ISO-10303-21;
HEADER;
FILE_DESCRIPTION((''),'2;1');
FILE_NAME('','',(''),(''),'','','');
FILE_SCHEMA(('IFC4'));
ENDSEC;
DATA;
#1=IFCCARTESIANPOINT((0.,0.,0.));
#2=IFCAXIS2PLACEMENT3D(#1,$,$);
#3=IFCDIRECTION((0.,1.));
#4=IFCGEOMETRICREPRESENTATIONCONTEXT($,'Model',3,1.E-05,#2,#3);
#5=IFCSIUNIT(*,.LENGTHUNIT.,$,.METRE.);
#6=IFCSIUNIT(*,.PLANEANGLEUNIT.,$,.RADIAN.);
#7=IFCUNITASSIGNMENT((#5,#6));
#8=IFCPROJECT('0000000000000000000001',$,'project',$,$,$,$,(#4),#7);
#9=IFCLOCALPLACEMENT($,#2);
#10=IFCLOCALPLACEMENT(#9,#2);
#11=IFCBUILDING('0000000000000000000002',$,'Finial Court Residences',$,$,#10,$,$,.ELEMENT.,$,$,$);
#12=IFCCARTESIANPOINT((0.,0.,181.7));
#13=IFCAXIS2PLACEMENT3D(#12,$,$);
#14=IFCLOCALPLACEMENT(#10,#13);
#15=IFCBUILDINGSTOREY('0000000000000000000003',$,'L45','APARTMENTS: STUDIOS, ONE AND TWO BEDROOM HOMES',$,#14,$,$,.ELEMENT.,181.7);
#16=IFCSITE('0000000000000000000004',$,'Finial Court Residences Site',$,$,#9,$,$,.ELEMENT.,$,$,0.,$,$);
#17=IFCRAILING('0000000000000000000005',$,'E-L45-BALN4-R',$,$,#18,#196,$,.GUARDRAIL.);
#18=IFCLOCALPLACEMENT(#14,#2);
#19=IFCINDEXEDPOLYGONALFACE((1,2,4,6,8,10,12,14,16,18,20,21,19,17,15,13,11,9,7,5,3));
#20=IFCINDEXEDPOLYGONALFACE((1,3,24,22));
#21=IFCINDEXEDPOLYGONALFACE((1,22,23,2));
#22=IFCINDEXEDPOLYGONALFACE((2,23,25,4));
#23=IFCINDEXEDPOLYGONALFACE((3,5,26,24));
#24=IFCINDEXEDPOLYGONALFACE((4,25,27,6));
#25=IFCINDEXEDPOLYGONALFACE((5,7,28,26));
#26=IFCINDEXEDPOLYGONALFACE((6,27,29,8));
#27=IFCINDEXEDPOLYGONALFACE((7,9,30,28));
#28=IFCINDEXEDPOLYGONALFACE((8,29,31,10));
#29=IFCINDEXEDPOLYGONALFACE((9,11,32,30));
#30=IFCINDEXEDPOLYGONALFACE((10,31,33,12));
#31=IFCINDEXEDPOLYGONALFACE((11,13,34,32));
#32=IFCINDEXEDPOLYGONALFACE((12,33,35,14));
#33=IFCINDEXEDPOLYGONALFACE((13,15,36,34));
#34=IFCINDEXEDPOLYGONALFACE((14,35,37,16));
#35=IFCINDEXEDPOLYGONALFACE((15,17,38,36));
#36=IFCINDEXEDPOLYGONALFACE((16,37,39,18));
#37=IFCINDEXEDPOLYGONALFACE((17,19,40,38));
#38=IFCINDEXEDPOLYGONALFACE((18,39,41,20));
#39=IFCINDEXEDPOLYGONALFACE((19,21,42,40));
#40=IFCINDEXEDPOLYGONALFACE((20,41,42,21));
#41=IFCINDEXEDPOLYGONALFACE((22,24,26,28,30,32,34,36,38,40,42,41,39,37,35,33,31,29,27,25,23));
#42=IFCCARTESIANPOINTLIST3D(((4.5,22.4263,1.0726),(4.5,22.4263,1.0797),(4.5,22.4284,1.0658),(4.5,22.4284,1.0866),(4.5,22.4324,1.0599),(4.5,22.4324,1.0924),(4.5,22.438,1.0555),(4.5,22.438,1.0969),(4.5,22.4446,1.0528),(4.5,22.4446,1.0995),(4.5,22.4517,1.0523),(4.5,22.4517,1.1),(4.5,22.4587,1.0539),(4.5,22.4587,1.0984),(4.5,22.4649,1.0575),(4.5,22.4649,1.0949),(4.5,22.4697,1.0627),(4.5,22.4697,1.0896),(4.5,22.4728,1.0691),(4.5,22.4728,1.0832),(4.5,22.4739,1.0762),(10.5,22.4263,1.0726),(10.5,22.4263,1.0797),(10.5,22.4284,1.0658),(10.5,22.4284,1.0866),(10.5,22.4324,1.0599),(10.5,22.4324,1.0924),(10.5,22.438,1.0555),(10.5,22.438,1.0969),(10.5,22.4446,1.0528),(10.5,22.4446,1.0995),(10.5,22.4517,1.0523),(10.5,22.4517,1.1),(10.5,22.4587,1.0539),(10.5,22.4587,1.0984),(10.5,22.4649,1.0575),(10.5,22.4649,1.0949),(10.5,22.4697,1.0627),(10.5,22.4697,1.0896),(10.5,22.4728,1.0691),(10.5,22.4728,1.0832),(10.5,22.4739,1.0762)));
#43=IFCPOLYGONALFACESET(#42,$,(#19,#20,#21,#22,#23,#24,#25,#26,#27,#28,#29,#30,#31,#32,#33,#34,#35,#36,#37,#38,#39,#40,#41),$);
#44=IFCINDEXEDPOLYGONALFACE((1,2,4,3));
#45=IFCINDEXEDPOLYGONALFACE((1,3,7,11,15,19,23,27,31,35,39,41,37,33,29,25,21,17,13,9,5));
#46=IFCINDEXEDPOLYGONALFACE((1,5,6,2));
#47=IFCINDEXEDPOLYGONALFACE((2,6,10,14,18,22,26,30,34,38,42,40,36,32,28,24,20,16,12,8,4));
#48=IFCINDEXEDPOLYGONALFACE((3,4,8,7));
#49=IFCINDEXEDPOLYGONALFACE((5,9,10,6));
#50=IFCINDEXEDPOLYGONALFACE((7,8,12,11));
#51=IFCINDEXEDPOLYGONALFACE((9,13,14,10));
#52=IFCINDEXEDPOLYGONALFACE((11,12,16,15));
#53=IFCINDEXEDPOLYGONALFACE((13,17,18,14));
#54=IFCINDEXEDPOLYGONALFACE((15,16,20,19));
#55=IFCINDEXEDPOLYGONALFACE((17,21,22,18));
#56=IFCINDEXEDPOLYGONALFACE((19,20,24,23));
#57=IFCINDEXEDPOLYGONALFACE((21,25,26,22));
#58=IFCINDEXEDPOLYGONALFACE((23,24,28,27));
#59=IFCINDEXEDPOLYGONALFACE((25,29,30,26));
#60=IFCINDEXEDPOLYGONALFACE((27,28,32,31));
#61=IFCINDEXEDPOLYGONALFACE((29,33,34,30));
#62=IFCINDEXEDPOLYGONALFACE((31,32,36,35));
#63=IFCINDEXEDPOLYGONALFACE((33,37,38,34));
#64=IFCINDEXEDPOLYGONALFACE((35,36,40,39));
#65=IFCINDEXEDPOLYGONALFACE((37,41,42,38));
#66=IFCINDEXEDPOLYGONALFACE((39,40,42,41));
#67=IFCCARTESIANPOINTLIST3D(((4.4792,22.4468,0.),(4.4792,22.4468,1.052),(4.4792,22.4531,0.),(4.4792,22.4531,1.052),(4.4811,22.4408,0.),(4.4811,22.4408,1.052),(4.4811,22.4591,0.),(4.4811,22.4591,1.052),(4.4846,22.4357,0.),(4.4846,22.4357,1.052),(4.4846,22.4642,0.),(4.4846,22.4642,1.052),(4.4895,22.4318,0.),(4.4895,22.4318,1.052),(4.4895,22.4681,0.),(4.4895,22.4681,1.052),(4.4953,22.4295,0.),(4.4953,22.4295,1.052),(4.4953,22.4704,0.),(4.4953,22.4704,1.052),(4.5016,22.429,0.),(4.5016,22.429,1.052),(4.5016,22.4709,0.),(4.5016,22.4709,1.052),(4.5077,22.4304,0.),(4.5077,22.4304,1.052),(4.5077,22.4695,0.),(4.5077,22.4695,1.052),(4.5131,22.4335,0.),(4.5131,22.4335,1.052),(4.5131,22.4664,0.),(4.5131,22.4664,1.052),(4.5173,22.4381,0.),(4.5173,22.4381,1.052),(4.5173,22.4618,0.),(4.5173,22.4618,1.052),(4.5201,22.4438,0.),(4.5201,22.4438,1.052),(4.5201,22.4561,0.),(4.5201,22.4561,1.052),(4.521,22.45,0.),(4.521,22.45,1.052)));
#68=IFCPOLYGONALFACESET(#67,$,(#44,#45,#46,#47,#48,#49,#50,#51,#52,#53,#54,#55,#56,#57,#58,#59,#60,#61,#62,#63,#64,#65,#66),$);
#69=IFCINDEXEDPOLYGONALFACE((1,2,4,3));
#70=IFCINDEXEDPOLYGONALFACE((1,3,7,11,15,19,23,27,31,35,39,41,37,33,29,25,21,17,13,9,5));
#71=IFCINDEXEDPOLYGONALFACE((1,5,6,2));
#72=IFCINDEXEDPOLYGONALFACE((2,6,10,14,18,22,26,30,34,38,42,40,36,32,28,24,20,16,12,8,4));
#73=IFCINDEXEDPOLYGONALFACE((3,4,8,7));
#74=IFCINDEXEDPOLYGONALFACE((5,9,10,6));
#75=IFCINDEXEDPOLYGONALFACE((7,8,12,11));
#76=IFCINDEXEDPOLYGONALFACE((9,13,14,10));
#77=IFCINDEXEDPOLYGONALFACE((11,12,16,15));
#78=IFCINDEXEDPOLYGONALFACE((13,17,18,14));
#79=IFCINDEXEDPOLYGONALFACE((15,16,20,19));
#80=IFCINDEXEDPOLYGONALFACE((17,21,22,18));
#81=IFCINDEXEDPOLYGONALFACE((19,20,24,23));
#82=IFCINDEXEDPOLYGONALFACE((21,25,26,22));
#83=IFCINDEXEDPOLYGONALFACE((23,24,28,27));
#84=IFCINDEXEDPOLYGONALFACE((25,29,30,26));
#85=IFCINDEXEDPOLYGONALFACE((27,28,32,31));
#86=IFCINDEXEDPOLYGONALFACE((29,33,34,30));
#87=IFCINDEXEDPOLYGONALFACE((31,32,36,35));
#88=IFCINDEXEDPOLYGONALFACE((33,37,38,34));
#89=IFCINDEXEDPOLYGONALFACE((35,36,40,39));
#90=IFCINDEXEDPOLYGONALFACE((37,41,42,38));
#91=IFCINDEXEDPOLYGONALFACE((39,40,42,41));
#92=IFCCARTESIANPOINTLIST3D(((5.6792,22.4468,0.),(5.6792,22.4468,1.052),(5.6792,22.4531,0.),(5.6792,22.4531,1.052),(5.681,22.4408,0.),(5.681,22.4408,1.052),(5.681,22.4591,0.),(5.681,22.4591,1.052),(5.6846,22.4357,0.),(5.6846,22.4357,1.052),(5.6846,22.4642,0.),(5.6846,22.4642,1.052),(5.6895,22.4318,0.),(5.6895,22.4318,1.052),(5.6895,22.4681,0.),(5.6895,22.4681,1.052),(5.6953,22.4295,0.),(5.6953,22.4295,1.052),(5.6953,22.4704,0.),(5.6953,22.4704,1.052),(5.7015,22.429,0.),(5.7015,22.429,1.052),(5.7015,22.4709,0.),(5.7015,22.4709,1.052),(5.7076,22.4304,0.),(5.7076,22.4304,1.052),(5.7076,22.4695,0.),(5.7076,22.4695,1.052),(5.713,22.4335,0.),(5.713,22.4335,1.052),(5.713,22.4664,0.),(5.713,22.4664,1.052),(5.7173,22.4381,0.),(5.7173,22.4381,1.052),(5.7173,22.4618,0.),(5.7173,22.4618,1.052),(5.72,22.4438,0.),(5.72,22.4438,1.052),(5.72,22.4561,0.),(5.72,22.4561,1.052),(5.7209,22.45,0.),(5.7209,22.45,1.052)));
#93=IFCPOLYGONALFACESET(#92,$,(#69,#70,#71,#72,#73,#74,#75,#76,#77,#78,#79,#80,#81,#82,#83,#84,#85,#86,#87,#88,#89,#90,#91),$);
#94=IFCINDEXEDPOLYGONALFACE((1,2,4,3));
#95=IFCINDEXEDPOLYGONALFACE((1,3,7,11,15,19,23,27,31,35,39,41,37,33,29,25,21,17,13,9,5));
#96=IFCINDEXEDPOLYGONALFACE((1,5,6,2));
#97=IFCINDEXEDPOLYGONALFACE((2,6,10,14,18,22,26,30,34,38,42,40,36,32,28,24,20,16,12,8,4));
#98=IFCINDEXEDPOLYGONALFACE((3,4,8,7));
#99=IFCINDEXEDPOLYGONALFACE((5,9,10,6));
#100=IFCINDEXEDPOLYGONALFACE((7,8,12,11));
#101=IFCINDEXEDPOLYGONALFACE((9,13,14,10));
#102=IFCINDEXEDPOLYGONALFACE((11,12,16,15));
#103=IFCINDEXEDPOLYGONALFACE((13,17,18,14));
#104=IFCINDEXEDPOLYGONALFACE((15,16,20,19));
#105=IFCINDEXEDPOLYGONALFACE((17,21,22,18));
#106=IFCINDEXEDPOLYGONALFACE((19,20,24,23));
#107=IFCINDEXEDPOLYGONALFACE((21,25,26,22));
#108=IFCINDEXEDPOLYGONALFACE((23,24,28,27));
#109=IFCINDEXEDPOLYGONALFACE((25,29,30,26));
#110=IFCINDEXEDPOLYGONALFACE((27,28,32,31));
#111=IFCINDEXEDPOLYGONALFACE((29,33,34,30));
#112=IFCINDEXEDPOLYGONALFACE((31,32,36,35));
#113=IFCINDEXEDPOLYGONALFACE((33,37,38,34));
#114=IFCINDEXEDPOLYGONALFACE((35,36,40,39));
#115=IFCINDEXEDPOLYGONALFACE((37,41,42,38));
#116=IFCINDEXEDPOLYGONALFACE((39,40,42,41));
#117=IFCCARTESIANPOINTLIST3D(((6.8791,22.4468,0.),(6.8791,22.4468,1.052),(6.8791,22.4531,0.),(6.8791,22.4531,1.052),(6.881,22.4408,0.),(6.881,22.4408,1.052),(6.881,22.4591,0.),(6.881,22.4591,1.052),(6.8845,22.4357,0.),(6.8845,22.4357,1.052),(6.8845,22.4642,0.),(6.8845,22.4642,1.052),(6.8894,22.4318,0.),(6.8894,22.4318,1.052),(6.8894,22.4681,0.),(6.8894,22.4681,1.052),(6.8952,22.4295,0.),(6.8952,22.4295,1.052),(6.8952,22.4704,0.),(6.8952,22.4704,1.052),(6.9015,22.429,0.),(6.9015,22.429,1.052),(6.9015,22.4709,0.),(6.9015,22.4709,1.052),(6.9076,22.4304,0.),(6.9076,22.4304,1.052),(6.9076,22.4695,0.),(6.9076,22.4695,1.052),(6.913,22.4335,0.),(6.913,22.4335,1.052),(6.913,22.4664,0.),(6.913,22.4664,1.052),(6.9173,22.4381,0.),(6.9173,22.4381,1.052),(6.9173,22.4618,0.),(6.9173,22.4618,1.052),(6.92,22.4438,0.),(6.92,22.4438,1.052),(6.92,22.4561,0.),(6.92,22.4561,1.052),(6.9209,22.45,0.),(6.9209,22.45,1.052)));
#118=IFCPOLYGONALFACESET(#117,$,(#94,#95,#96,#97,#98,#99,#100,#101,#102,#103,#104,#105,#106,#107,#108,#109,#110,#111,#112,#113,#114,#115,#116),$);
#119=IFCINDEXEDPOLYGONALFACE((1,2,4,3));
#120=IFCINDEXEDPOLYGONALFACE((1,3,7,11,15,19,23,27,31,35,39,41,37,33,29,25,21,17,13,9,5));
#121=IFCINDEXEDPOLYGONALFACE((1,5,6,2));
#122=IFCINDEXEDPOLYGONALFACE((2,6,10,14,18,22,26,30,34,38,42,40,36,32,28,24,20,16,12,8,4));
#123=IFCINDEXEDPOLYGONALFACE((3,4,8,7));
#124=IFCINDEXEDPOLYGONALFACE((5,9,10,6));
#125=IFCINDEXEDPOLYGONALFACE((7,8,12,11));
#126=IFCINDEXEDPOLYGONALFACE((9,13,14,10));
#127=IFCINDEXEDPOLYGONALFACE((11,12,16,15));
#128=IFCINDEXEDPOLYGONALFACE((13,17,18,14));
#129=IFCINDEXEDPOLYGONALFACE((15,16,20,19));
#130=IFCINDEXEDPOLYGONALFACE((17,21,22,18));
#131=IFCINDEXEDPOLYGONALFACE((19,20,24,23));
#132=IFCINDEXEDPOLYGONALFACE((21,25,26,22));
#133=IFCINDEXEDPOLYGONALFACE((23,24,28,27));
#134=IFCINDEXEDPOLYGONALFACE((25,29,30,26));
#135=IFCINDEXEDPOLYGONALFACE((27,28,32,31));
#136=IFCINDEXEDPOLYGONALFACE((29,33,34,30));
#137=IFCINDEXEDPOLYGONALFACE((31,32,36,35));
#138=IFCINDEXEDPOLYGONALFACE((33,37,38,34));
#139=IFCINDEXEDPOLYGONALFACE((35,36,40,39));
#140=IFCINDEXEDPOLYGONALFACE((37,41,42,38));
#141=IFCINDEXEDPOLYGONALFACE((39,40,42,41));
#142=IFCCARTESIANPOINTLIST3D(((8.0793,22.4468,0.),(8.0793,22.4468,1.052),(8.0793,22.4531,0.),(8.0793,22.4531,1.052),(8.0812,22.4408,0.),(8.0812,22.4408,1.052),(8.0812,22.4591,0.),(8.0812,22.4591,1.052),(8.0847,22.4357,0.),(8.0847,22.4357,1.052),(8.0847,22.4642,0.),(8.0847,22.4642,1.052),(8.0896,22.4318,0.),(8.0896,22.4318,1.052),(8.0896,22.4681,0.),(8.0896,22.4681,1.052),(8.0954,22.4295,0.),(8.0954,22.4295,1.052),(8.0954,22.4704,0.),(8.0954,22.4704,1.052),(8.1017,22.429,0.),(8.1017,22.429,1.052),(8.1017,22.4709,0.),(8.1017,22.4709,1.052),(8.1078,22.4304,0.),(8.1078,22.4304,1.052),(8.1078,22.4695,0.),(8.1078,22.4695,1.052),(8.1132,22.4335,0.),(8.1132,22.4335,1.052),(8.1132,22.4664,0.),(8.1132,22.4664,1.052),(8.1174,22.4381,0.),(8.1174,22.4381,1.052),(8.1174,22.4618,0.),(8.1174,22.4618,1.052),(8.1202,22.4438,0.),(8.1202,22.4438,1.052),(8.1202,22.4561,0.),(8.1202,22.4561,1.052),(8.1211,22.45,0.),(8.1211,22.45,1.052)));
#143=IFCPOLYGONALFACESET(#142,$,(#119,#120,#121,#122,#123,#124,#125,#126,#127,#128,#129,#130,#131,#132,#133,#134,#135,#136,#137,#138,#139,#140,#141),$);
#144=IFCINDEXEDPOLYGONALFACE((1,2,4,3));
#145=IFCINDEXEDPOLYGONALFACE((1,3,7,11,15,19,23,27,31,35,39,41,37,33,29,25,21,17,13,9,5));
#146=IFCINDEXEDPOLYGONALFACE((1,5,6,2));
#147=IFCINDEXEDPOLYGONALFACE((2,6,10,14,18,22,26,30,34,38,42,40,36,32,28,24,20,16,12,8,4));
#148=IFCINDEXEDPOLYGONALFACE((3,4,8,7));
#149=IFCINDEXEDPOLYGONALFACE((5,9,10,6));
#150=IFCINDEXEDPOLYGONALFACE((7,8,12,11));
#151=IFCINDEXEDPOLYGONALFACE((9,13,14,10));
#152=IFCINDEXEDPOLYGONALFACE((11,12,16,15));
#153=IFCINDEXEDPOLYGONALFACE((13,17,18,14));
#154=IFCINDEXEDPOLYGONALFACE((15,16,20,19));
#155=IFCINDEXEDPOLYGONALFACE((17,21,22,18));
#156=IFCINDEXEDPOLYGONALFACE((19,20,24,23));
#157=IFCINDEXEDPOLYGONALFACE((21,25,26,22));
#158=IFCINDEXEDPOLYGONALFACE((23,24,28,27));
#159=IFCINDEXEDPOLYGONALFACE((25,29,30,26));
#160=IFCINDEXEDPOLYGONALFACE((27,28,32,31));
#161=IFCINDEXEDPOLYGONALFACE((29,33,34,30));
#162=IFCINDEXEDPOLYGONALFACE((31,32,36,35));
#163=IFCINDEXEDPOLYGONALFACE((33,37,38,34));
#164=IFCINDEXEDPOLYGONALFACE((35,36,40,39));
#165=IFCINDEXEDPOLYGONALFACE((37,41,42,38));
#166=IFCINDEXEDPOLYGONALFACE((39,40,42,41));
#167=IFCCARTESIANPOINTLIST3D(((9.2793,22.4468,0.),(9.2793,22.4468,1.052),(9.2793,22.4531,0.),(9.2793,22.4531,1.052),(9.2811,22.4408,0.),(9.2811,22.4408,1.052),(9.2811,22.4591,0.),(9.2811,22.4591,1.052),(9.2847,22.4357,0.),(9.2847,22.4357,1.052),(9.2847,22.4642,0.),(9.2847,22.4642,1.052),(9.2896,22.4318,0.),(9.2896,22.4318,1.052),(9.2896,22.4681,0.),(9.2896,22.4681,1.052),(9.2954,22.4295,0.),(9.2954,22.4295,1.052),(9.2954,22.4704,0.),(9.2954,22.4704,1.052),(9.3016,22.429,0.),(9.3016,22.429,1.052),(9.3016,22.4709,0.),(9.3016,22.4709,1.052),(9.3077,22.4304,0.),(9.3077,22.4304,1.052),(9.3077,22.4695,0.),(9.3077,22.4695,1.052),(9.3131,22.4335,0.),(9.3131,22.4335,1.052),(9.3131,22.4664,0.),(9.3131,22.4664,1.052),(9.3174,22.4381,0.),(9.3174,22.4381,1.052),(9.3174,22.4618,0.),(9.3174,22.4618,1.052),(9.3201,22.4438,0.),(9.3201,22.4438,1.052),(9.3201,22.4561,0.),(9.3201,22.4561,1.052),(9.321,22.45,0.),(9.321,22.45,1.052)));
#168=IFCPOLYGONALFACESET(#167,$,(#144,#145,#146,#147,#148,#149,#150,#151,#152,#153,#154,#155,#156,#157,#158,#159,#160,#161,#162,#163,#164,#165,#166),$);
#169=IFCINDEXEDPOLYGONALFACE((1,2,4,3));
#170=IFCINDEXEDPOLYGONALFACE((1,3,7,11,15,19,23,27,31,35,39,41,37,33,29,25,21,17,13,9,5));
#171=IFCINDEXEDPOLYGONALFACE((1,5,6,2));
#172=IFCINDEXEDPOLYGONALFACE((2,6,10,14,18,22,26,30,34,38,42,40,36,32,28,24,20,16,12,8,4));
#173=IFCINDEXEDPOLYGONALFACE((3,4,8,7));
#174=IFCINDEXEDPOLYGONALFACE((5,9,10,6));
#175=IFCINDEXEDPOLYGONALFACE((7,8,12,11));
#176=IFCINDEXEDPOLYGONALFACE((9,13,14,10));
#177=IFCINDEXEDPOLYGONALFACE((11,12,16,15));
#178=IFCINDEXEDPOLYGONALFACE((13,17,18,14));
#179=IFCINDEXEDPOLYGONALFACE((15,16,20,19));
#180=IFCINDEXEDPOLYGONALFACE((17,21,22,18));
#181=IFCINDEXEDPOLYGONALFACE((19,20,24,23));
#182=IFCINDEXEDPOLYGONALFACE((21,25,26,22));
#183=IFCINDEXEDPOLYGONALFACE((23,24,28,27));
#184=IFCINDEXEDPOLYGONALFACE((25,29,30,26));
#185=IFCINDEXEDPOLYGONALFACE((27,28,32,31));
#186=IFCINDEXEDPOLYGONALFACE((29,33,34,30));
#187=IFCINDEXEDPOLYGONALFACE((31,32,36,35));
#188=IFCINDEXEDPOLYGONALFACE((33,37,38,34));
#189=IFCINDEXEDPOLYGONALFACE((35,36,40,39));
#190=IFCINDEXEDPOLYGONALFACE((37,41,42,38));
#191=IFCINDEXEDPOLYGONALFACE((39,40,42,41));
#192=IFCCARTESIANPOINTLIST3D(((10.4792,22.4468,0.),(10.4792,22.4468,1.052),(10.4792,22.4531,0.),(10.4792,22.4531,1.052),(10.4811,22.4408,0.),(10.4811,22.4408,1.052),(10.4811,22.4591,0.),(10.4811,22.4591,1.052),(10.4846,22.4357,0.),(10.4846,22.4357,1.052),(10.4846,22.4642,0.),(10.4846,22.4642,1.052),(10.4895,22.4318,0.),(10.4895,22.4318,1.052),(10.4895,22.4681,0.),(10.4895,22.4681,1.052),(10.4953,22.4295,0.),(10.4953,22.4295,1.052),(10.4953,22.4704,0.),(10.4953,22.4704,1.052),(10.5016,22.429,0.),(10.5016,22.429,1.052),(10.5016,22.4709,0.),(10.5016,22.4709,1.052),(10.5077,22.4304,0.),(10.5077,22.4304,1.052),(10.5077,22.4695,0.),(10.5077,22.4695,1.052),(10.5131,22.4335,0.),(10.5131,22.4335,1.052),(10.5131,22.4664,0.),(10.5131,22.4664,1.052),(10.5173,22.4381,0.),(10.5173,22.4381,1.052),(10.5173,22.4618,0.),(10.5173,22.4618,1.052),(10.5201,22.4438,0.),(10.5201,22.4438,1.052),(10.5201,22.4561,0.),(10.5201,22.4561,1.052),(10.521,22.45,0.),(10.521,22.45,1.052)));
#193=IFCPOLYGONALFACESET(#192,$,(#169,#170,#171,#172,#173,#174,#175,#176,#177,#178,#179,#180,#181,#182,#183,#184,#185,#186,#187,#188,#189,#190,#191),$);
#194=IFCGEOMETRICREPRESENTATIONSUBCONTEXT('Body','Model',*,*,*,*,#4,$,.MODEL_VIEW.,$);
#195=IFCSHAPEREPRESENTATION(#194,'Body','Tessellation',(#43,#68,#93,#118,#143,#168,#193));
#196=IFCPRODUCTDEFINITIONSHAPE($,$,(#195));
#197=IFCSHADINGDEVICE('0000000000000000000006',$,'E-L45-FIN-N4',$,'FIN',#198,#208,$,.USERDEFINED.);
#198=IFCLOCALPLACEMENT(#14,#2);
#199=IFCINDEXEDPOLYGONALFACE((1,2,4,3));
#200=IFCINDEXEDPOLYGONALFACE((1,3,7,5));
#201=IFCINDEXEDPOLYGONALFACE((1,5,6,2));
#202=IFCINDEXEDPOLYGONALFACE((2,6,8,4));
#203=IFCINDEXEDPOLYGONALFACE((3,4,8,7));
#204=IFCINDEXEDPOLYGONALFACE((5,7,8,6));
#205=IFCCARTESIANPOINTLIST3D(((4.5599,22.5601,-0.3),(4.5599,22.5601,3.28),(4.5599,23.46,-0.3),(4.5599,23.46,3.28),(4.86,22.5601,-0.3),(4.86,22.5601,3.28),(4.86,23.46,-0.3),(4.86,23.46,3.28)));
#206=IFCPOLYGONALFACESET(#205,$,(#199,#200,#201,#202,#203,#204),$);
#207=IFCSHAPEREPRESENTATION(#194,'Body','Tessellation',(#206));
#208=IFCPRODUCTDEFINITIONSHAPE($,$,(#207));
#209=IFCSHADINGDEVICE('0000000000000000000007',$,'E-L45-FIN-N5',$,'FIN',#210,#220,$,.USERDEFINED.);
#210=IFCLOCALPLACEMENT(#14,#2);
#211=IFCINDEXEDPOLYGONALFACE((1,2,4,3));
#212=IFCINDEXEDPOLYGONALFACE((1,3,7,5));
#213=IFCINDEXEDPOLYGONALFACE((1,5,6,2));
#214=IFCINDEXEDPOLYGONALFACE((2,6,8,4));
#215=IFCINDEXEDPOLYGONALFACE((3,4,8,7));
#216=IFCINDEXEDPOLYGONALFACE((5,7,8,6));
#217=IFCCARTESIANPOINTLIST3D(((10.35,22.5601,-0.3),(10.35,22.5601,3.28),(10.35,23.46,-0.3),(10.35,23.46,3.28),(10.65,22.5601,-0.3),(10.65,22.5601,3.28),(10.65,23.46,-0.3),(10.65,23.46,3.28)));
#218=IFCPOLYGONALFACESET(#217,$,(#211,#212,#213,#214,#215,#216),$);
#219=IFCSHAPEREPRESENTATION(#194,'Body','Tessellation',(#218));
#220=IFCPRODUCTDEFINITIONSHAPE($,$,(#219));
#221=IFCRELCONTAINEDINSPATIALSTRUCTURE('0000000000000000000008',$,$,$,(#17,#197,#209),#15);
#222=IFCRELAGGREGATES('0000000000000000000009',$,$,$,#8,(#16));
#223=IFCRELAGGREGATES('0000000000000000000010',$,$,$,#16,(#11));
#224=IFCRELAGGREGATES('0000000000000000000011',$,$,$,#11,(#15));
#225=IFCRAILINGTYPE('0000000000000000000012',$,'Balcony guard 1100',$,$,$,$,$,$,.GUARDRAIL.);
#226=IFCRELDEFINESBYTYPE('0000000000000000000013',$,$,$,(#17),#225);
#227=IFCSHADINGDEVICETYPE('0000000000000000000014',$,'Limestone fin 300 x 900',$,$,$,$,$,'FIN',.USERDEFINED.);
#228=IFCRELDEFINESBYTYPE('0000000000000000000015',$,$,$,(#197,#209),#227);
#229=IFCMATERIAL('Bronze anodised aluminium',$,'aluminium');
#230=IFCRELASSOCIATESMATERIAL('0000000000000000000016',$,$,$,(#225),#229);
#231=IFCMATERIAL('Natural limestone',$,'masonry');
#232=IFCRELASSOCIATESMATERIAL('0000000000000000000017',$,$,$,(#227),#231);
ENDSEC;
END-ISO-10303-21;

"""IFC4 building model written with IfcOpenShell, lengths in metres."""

from ifc_helpers import new_model, si_unit, direction, frame, origin, origin_2d, place, context, subcontext, project, spatial, rectangle, circle, extrude, material, type_object, element, save


model = new_model("IFC4")

# Units and contexts
model_context = context("Model", 3, precision=1e-05, world=origin(), true_north=direction((0.0, 1.0)))
body_context = subcontext(model_context, "Body", "Model", "MODEL_VIEW")
ifc_project = project(units=[si_unit("LENGTHUNIT", "METRE"), si_unit("PLANEANGLEUNIT", "RADIAN")], contexts=[model_context])

# Site, building, storey
site_placement = place(None, origin())
site = spatial("IfcSite", under=ifc_project, at=site_placement, Name="Finial Court Residences Site", CompositionType="ELEMENT", RefElevation=0.0)
building_placement = place(site_placement, origin())
building = spatial("IfcBuilding", under=site, at=building_placement, Name="Finial Court Residences", CompositionType="ELEMENT")
storey_placement = place(building_placement, frame((0.0, 0.0, 181.7)))
storey = spatial("IfcBuildingStorey", under=building, at=storey_placement, Name="L45", Description="APARTMENTS: STUDIOS, ONE AND TWO BEDROOM HOMES", CompositionType="ELEMENT", Elevation=181.7)

# Shared definitions
ifc_material_1 = material(Name="Bronze anodised aluminium", Category="aluminium")

# Shared definitions
ifc_material_2 = material(Name="Natural limestone", Category="masonry")

# Railing
railing_type = type_object("IfcRailingType", Name="Balcony guard 1100", PredefinedType="GUARDRAIL", material=ifc_material_1)
railing_placement = place(storey_placement, frame((4.5, 22.45, 0.0)))
element("IfcRailing", 1, at=railing_placement, inside=storey, type_object=railing_type, Name="E-L45-BALN4-R", PredefinedType="GUARDRAIL", context=body_context, shape_type="SweptSolid", body=[
    extrude(circle(Radius=0.0239, at=origin_2d()), frame((0.0, 0.0, 1.0762), z_axis=(1.0, 0.0, 0.0), x_axis=(0.0, 1.0, 0.0)), (0.0, 0.0, 1.0), 6.0),
    extrude(circle(Radius=0.021, at=origin_2d()), origin(), (0.0, 0.0, 1.0), 1.052),
    extrude(circle(Radius=0.021, at=origin_2d()), frame((1.2, 0.0, 0.0)), (0.0, 0.0, 1.0), 1.052),
    extrude(circle(Radius=0.021, at=origin_2d()), frame((2.3999, 0.0, 0.0)), (0.0, 0.0, 1.0), 1.052),
    extrude(circle(Radius=0.021, at=origin_2d()), frame((3.6001, 0.0, 0.0)), (0.0, 0.0, 1.0), 1.052),
    extrude(circle(Radius=0.021, at=origin_2d()), frame((4.8, 0.0, 0.0)), (0.0, 0.0, 1.0), 1.052),
    extrude(circle(Radius=0.021, at=origin_2d()), frame((6.0, 0.0, 0.0)), (0.0, 0.0, 1.0), 1.052),
])

# Shading devices
shading_device_type = type_object("IfcShadingDeviceType", Name="Limestone fin 300 x 900", ElementType="FIN", PredefinedType="USERDEFINED", material=ifc_material_2)
for number, where, z_axis, x_axis, name in (
    (2, (4.71, 23.01, -0.3), (0.0, 0.0, 1.0), (1.0, 0.0, 0.0), "E-L45-FIN-N4"),
    (3, (10.5, 23.01, -0.3), (0.0, 0.0, 1.0), (1.0, 0.0, 0.0), "E-L45-FIN-N5"),
):
    element("IfcShadingDevice", number, at=place(storey_placement, frame(where, z_axis=z_axis, x_axis=x_axis)), inside=storey, type_object=shading_device_type, Name=name, ObjectType="FIN", PredefinedType="USERDEFINED", context=body_context, shape_type="SweptSolid", body=[
        extrude(rectangle(XDim=0.3, YDim=0.8999, at=origin_2d()), origin(), (0.0, 0.0, 1.0), 3.5801),
    ])

save(model, "model.ifc")
